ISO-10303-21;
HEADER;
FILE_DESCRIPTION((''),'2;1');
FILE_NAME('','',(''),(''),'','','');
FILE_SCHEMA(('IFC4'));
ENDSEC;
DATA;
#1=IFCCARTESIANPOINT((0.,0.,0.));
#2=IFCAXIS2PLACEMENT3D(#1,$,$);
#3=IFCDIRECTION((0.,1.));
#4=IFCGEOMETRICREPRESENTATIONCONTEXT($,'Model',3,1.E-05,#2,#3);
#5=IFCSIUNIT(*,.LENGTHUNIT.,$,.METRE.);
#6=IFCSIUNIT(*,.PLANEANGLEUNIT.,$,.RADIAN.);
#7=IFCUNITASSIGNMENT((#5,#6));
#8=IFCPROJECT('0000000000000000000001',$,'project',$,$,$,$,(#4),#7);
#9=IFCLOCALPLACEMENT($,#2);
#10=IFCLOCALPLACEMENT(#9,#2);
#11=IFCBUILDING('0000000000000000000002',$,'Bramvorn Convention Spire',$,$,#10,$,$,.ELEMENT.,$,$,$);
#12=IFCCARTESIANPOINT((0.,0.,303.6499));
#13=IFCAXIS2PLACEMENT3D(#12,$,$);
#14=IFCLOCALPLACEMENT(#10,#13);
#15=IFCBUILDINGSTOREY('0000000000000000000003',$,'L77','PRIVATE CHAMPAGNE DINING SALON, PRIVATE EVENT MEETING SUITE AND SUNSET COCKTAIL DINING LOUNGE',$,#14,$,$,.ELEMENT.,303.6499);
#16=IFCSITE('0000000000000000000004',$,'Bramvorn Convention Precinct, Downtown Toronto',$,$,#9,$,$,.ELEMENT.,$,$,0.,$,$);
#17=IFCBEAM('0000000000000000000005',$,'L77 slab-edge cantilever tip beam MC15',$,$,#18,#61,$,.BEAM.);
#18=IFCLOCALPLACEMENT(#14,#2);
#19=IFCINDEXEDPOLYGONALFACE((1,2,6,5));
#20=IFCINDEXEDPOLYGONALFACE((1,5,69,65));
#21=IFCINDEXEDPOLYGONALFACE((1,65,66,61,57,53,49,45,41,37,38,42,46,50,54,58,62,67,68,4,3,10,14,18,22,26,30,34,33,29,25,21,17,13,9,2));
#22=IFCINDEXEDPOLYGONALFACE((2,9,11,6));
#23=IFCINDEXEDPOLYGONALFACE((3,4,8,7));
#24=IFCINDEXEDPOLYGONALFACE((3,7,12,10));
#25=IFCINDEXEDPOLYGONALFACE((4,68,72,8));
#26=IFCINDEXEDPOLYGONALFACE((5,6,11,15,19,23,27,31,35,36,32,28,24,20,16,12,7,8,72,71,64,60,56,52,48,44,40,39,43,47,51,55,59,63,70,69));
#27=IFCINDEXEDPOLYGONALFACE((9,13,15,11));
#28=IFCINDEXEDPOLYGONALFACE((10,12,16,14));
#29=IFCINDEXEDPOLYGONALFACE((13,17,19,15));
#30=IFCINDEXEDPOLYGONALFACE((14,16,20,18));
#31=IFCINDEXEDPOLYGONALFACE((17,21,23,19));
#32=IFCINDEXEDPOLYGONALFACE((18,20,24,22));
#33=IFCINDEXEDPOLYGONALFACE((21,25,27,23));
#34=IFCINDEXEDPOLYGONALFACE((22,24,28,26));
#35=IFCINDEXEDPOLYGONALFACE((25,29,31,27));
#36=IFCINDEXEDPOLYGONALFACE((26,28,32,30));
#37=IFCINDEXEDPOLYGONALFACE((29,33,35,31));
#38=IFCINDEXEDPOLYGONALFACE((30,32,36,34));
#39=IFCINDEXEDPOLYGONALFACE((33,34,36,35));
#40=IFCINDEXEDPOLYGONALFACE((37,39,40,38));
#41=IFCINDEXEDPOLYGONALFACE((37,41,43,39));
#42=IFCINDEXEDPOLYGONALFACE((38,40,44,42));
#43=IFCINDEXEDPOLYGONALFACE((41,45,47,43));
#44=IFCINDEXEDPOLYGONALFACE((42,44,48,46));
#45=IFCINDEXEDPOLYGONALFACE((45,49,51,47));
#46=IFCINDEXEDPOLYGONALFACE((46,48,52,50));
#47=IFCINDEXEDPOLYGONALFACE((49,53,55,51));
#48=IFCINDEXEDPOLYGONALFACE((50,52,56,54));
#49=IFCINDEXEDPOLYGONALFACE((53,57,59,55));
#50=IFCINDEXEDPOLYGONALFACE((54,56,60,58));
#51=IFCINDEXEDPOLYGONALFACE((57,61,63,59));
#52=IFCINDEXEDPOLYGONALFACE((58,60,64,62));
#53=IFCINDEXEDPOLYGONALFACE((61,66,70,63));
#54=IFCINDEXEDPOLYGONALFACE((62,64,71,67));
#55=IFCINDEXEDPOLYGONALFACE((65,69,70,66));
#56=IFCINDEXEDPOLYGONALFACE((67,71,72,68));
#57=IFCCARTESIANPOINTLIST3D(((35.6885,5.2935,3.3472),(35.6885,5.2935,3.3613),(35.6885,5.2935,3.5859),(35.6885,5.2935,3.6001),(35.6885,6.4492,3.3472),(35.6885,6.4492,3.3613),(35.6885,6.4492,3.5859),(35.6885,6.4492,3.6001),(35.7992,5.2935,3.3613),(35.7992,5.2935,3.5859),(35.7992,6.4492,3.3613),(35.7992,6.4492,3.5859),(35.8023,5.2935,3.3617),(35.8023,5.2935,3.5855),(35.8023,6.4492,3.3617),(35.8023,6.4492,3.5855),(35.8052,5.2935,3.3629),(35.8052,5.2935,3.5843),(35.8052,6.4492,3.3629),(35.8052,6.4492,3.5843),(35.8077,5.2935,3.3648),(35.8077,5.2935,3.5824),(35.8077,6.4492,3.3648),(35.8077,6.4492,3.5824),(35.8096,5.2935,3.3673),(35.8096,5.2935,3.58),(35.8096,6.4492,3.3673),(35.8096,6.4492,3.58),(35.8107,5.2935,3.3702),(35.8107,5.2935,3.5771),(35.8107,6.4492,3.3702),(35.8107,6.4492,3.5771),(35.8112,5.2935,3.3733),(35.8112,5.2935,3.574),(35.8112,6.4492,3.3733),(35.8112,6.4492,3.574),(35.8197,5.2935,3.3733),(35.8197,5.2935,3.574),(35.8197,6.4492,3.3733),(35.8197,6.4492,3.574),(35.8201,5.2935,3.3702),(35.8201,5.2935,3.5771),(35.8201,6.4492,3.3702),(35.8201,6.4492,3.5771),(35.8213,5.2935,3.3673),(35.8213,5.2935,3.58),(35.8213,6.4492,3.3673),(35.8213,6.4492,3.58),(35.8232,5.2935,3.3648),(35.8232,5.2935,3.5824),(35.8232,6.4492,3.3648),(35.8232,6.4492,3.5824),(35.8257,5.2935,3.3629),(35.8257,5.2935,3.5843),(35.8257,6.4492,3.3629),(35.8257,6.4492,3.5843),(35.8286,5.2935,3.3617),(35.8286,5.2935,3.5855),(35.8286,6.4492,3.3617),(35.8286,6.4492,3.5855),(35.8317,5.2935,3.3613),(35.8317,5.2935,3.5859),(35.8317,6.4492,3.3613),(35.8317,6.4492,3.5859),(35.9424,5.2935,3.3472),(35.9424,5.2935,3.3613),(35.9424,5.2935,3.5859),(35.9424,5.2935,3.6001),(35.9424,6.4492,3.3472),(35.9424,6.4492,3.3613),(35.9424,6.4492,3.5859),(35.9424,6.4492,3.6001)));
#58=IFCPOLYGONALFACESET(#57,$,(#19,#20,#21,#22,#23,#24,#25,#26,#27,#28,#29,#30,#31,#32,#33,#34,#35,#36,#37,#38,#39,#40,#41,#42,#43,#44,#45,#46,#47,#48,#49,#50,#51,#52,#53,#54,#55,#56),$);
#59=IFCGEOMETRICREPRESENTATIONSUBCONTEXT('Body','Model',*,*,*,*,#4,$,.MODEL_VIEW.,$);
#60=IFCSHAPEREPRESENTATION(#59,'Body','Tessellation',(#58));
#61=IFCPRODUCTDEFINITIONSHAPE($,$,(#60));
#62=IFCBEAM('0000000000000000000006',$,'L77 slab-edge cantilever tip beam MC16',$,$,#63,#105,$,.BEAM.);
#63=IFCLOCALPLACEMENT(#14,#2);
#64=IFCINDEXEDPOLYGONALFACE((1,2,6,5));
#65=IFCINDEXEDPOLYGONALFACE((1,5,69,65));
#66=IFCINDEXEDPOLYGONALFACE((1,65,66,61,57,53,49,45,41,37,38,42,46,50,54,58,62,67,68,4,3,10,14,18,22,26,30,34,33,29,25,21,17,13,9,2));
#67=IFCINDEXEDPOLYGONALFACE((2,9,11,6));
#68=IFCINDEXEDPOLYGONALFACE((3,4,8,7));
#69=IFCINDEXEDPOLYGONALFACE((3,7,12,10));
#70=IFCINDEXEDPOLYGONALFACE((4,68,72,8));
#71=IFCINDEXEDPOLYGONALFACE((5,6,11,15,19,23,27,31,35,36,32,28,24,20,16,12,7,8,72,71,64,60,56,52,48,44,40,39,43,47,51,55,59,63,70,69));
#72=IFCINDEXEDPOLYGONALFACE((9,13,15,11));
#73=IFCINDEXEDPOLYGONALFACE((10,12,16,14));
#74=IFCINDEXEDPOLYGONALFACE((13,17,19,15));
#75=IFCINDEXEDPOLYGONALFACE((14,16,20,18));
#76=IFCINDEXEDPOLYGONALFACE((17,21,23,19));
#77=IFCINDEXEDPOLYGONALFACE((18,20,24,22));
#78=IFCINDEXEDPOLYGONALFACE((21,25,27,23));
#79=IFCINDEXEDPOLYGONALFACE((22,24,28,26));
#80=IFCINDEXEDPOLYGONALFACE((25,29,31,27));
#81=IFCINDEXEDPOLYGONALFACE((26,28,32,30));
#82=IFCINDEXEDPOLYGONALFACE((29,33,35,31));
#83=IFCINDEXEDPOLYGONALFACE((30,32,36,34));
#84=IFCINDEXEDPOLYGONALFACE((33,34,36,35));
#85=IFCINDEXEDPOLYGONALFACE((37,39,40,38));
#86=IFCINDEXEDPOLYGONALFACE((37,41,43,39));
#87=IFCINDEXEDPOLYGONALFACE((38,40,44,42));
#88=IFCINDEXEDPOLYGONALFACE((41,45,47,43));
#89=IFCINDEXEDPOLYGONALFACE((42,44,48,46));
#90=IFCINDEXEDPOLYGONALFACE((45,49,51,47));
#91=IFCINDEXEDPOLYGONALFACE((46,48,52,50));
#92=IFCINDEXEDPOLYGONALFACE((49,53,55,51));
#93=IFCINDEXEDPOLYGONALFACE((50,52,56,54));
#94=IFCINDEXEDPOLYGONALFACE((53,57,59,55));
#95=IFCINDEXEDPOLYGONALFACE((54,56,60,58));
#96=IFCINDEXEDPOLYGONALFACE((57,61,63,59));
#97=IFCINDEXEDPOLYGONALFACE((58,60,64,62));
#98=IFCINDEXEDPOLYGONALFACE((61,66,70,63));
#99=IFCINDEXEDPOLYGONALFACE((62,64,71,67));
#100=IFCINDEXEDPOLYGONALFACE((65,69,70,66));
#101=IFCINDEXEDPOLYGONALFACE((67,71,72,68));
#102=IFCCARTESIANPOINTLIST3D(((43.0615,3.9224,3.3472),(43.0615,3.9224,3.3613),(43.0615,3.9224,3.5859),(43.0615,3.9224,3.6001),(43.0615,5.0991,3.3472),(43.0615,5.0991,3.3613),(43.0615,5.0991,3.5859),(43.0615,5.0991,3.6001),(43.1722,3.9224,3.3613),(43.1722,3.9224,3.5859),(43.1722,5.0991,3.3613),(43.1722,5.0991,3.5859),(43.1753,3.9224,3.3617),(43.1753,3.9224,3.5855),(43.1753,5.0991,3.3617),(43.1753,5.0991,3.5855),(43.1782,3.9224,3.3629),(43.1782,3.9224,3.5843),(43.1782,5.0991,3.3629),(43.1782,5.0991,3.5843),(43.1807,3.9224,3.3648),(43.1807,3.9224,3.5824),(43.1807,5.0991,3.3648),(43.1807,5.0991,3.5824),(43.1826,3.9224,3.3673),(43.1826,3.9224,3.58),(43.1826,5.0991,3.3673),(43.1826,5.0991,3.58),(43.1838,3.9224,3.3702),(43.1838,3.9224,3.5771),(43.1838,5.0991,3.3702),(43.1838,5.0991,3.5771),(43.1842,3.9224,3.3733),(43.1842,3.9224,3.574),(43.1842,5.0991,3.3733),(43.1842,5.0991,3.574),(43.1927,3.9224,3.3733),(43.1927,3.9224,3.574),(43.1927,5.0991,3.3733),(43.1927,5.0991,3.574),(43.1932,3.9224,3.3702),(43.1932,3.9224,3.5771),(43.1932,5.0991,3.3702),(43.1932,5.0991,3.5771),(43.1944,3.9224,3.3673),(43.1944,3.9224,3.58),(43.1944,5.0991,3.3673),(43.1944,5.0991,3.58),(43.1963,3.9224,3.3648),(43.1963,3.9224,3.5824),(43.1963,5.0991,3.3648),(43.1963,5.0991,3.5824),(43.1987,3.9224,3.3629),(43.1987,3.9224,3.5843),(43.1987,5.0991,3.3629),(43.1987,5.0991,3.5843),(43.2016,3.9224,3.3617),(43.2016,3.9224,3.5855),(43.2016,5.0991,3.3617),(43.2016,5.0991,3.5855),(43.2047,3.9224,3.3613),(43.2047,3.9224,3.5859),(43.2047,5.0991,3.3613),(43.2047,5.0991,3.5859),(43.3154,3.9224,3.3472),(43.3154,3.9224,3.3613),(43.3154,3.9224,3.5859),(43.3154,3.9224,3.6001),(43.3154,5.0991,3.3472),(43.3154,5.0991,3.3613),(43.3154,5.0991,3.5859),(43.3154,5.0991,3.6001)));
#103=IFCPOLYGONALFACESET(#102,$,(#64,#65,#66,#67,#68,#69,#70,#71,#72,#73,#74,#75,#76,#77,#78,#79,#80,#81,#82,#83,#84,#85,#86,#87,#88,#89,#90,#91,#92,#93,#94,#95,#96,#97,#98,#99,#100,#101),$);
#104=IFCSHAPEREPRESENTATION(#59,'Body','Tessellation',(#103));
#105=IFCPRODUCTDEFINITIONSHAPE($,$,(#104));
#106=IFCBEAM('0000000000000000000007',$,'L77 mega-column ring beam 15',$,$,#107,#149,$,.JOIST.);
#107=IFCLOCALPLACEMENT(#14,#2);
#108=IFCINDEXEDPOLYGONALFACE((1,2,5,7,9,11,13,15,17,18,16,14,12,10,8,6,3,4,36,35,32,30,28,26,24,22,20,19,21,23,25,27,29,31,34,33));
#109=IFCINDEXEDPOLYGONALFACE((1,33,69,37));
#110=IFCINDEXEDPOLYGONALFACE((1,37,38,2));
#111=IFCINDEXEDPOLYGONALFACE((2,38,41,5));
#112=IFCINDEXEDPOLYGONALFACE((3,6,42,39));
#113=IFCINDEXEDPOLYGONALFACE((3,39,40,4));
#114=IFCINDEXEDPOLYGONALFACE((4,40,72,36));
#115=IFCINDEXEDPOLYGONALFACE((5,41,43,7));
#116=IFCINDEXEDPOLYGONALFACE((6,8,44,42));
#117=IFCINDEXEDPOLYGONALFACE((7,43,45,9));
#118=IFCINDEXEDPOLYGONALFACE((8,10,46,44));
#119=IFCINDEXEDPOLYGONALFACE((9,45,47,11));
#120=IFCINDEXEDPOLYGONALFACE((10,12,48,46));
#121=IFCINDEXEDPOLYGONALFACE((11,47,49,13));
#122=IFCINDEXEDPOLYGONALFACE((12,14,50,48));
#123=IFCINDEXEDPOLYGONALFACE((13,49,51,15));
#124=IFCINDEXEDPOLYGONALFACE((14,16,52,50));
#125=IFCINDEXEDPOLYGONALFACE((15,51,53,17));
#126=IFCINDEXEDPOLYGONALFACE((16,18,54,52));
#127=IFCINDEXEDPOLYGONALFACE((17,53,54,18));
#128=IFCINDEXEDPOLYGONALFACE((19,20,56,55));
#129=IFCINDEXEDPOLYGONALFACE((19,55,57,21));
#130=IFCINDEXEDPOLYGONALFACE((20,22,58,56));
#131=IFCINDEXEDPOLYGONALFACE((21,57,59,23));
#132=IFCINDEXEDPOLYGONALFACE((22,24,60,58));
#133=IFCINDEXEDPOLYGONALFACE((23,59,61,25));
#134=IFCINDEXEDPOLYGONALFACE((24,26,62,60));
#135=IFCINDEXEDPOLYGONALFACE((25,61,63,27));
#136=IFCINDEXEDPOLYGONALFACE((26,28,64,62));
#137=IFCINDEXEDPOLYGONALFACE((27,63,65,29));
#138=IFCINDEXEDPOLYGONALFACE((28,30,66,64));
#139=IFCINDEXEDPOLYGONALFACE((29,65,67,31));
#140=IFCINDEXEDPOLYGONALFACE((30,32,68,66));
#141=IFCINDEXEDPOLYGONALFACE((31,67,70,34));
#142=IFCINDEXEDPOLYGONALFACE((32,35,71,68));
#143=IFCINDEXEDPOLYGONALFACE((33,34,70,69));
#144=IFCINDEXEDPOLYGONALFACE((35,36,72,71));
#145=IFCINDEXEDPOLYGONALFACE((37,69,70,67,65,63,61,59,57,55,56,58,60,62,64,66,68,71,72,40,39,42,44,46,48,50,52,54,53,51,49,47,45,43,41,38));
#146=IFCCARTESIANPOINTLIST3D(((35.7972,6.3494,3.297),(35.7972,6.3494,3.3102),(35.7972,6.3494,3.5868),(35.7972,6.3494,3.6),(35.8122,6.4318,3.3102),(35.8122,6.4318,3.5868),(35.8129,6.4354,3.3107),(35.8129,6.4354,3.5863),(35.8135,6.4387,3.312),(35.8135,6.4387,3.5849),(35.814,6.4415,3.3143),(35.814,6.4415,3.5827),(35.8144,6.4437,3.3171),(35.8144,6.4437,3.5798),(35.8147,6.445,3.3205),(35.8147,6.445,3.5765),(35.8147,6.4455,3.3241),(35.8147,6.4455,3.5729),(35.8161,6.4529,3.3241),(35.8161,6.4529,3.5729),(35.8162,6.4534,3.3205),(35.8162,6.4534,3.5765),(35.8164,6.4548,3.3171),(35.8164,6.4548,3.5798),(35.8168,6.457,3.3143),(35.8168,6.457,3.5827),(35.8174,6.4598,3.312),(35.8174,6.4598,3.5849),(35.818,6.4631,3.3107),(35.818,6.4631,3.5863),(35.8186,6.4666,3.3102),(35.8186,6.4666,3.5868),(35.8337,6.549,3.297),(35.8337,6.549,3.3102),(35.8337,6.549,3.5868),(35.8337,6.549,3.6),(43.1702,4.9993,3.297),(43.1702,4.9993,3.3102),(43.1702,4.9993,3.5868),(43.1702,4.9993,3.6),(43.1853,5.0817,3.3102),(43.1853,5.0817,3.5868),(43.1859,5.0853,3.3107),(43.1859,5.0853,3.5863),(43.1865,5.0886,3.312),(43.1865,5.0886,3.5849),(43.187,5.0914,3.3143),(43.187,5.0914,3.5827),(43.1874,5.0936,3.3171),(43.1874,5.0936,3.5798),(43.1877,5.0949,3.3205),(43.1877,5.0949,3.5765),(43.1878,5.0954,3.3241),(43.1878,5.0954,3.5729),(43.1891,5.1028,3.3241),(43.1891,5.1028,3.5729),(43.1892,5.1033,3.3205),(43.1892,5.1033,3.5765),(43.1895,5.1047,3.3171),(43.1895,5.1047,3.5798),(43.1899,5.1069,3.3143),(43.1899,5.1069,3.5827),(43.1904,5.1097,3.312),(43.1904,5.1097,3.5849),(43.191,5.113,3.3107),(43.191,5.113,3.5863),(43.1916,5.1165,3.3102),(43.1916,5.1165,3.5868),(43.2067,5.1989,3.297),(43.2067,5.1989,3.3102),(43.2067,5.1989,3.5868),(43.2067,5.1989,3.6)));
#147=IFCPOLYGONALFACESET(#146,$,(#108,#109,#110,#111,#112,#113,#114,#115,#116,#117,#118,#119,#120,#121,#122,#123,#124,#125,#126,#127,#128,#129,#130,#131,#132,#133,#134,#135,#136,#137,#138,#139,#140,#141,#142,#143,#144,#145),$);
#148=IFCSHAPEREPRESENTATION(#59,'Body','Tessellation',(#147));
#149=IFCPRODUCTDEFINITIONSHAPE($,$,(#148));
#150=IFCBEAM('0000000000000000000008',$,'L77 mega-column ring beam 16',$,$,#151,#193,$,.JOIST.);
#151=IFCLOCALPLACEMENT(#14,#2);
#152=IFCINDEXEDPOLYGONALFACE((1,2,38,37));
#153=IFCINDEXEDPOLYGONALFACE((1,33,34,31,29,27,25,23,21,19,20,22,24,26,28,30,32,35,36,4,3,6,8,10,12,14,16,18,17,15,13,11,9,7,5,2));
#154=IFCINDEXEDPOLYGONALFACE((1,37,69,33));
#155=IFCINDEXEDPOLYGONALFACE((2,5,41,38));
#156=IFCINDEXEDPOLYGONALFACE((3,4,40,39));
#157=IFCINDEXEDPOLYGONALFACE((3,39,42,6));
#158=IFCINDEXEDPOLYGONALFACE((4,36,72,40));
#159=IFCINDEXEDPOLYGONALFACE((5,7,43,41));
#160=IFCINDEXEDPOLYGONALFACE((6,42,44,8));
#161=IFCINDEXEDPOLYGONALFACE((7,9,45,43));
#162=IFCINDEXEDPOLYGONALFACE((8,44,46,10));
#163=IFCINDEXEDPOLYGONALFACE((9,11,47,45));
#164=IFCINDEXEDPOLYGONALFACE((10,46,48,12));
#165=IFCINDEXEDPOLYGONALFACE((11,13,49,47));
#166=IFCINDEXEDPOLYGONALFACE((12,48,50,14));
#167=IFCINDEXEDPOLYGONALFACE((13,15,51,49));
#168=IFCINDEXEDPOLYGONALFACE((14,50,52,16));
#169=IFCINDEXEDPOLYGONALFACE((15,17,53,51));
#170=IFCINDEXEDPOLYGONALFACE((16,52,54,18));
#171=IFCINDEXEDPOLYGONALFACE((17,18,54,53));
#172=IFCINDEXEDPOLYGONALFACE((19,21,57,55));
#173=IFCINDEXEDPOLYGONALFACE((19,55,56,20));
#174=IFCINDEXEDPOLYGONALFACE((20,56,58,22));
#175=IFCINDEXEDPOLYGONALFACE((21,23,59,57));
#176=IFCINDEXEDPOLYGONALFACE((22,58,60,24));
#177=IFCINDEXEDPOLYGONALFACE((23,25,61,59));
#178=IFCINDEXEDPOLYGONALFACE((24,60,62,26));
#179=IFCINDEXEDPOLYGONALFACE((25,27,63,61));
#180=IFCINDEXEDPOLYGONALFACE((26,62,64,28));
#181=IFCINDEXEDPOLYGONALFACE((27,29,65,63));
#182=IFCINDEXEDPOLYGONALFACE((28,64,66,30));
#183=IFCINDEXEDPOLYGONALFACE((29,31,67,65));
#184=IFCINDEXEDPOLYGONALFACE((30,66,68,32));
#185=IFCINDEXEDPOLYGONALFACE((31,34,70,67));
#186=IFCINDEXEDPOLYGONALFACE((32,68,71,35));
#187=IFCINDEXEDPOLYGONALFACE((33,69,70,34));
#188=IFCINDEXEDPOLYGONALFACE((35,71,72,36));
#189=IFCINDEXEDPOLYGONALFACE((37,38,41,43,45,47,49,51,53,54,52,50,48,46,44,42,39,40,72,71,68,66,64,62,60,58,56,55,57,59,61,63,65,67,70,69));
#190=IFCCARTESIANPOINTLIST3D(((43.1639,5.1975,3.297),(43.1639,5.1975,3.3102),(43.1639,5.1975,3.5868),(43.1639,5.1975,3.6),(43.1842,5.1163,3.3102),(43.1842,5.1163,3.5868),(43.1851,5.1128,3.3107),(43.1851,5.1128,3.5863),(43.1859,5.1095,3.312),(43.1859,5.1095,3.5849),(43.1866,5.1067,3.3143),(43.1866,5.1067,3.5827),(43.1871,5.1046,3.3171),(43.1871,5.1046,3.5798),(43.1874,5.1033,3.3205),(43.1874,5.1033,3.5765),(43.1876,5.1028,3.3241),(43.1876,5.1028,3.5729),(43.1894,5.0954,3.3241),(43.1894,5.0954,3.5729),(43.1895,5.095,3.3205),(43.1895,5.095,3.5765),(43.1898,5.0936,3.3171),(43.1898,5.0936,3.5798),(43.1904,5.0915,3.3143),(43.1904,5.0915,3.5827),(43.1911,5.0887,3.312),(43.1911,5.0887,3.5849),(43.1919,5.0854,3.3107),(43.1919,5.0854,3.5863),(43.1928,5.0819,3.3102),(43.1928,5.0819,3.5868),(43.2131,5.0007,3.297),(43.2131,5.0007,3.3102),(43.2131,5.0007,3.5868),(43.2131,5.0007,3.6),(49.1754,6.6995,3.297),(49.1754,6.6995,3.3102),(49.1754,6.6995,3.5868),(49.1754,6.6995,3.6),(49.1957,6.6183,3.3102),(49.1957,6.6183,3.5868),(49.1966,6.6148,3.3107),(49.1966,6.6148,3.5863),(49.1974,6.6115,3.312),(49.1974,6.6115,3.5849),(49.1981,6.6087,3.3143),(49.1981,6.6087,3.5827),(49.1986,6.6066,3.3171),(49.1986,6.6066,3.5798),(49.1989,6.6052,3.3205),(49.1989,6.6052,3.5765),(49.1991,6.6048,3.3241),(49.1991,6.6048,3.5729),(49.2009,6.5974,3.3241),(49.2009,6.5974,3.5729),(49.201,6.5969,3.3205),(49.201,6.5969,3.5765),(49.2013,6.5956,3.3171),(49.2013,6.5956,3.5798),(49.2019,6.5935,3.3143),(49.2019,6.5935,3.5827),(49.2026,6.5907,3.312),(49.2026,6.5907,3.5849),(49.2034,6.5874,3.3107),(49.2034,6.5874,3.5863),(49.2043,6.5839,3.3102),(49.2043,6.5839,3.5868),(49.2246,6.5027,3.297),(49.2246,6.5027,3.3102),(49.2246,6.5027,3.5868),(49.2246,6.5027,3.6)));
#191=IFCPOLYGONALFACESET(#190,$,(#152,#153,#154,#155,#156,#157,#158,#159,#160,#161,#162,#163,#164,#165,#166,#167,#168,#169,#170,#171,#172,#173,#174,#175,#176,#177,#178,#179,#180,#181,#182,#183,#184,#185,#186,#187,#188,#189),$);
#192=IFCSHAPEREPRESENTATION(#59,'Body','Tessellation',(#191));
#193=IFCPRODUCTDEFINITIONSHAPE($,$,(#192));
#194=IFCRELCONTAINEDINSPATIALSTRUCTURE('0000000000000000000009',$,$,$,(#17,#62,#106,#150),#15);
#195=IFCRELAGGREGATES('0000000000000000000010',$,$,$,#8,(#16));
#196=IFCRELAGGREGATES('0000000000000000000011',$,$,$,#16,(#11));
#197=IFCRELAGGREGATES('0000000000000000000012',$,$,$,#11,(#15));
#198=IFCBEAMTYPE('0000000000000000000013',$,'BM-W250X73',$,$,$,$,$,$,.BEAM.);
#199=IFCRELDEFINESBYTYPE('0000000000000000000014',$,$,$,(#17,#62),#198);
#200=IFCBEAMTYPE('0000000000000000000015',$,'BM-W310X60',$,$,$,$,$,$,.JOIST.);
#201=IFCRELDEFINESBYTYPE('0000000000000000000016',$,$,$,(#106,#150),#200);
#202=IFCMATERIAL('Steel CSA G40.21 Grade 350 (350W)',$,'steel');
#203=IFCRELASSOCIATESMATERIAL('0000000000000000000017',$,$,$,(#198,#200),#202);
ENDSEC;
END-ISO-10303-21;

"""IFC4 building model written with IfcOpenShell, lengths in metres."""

from ifc_helpers import new_model, si_unit, direction, frame, origin, origin_2d, place, context, subcontext, project, spatial, i_section, extrude, material, material_profile, profile_set, type_object, element, save


model = new_model("IFC4")

# Units and contexts
model_context = context("Model", 3, precision=1e-05, world=origin(), true_north=direction((0.0, 1.0)))
body_context = subcontext(model_context, "Body", "Model", "MODEL_VIEW")
ifc_project = project(units=[si_unit("LENGTHUNIT", "METRE"), si_unit("PLANEANGLEUNIT", "RADIAN")], contexts=[model_context])

# Site, building, storey
site_placement = place(None, origin())
site = spatial("IfcSite", under=ifc_project, at=site_placement, Name="Bramvorn Convention Precinct, Downtown Toronto", CompositionType="ELEMENT", RefElevation=0.0)
building_placement = place(site_placement, origin())
building = spatial("IfcBuilding", under=site, at=building_placement, Name="Bramvorn Convention Spire", CompositionType="ELEMENT")
storey_placement = place(building_placement, frame((0.0, 0.0, 303.6499)))
storey = spatial("IfcBuildingStorey", under=building, at=storey_placement, Name="L77", Description="PRIVATE CHAMPAGNE DINING SALON, PRIVATE EVENT MEETING SUITE AND SUNSET COCKTAIL DINING LOUNGE", CompositionType="ELEMENT", Elevation=303.6499)

# Shared definitions
ifc_material_1 = material(Name="Steel CSA G40.21 Grade 350 (350W)", Category="steel")

# Beams
ifc_material_profile_1 = material_profile(ifc_material_1, i_section(OverallWidth=0.2539, OverallDepth=0.2529, WebThickness=0.0085, FlangeThickness=0.0142, FilletRadius=0.012, at=origin_2d()))
ifc_profile_set_1 = profile_set([ifc_material_profile_1], Name="Steel CSA G40.21 Grade 350 (350W) - W250X73")
beam_type_1 = type_object("IfcBeamType", Name="BM-W250X73", PredefinedType="BEAM", material=ifc_profile_set_1)
beam_1_placement = place(storey_placement, frame((35.8154, 6.4492, 3.4736), z_axis=(0.0, -1.0, 0.0), x_axis=(1.0, 0.0, 0.0)))
element("IfcBeam", 1, at=beam_1_placement, inside=storey, type_object=beam_type_1, Name="L77 slab-edge cantilever tip beam MC15", PredefinedType="BEAM", context=body_context, shape_type="SweptSolid", body=[
    extrude(i_section(OverallWidth=0.2539, OverallDepth=0.2529, WebThickness=0.0085, FlangeThickness=0.0142, FilletRadius=0.012, at=origin_2d()), origin(), (0.0, 0.0, 1.0), 1.1558),
])
beam_2_placement = place(storey_placement, frame((43.1885, 5.0991, 3.4736), z_axis=(0.0, -1.0, 0.0), x_axis=(1.0, 0.0, 0.0)))
element("IfcBeam", 2, at=beam_2_placement, inside=storey, type_object=beam_type_1, Name="L77 slab-edge cantilever tip beam MC16", PredefinedType="BEAM", context=body_context, shape_type="SweptSolid", body=[
    extrude(i_section(OverallWidth=0.2539, OverallDepth=0.2529, WebThickness=0.0085, FlangeThickness=0.0142, FilletRadius=0.012, at=origin_2d()), origin(), (0.0, 0.0, 1.0), 1.1768),
])
ifc_material_profile_2 = material_profile(ifc_material_1, i_section(OverallWidth=0.2029, OverallDepth=0.303, WebThickness=0.0076, FlangeThickness=0.0132, FilletRadius=0.0139, at=origin_2d()))
ifc_profile_set_2 = profile_set([ifc_material_profile_2], Name="Steel CSA G40.21 Grade 350 (350W) - W310X60")
beam_type_2 = type_object("IfcBeamType", Name="BM-W310X60", PredefinedType="JOIST", material=ifc_profile_set_2)
beam_3_placement = place(storey_placement, frame((35.8154, 6.4492, 3.4485), z_axis=(0.983645, -0.180118, 0.0), x_axis=(0.180118, 0.983645, 0.0)))
element("IfcBeam", 3, at=beam_3_placement, inside=storey, type_object=beam_type_2, Name="L77 mega-column ring beam 15", PredefinedType="JOIST", context=body_context, shape_type="SweptSolid", body=[
    extrude(i_section(OverallWidth=0.2029, OverallDepth=0.303, WebThickness=0.0076, FlangeThickness=0.0132, FilletRadius=0.0139, at=origin_2d()), origin(), (0.0, 0.0, 1.0), 7.4956),
])
beam_4_placement = place(storey_placement, frame((43.1885, 5.0991, 3.4485), z_axis=(0.970177, 0.242397, 0.0), x_axis=(-0.242397, 0.970177, 0.0)))
element("IfcBeam", 4, at=beam_4_placement, inside=storey, type_object=beam_type_2, Name="L77 mega-column ring beam 16", PredefinedType="JOIST", context=body_context, shape_type="SweptSolid", body=[
    extrude(i_section(OverallWidth=0.2029, OverallDepth=0.303, WebThickness=0.0076, FlangeThickness=0.0132, FilletRadius=0.0139, at=origin_2d()), origin(), (0.0, 0.0, 1.0), 6.1963),
])

save(model, "model.ifc")
